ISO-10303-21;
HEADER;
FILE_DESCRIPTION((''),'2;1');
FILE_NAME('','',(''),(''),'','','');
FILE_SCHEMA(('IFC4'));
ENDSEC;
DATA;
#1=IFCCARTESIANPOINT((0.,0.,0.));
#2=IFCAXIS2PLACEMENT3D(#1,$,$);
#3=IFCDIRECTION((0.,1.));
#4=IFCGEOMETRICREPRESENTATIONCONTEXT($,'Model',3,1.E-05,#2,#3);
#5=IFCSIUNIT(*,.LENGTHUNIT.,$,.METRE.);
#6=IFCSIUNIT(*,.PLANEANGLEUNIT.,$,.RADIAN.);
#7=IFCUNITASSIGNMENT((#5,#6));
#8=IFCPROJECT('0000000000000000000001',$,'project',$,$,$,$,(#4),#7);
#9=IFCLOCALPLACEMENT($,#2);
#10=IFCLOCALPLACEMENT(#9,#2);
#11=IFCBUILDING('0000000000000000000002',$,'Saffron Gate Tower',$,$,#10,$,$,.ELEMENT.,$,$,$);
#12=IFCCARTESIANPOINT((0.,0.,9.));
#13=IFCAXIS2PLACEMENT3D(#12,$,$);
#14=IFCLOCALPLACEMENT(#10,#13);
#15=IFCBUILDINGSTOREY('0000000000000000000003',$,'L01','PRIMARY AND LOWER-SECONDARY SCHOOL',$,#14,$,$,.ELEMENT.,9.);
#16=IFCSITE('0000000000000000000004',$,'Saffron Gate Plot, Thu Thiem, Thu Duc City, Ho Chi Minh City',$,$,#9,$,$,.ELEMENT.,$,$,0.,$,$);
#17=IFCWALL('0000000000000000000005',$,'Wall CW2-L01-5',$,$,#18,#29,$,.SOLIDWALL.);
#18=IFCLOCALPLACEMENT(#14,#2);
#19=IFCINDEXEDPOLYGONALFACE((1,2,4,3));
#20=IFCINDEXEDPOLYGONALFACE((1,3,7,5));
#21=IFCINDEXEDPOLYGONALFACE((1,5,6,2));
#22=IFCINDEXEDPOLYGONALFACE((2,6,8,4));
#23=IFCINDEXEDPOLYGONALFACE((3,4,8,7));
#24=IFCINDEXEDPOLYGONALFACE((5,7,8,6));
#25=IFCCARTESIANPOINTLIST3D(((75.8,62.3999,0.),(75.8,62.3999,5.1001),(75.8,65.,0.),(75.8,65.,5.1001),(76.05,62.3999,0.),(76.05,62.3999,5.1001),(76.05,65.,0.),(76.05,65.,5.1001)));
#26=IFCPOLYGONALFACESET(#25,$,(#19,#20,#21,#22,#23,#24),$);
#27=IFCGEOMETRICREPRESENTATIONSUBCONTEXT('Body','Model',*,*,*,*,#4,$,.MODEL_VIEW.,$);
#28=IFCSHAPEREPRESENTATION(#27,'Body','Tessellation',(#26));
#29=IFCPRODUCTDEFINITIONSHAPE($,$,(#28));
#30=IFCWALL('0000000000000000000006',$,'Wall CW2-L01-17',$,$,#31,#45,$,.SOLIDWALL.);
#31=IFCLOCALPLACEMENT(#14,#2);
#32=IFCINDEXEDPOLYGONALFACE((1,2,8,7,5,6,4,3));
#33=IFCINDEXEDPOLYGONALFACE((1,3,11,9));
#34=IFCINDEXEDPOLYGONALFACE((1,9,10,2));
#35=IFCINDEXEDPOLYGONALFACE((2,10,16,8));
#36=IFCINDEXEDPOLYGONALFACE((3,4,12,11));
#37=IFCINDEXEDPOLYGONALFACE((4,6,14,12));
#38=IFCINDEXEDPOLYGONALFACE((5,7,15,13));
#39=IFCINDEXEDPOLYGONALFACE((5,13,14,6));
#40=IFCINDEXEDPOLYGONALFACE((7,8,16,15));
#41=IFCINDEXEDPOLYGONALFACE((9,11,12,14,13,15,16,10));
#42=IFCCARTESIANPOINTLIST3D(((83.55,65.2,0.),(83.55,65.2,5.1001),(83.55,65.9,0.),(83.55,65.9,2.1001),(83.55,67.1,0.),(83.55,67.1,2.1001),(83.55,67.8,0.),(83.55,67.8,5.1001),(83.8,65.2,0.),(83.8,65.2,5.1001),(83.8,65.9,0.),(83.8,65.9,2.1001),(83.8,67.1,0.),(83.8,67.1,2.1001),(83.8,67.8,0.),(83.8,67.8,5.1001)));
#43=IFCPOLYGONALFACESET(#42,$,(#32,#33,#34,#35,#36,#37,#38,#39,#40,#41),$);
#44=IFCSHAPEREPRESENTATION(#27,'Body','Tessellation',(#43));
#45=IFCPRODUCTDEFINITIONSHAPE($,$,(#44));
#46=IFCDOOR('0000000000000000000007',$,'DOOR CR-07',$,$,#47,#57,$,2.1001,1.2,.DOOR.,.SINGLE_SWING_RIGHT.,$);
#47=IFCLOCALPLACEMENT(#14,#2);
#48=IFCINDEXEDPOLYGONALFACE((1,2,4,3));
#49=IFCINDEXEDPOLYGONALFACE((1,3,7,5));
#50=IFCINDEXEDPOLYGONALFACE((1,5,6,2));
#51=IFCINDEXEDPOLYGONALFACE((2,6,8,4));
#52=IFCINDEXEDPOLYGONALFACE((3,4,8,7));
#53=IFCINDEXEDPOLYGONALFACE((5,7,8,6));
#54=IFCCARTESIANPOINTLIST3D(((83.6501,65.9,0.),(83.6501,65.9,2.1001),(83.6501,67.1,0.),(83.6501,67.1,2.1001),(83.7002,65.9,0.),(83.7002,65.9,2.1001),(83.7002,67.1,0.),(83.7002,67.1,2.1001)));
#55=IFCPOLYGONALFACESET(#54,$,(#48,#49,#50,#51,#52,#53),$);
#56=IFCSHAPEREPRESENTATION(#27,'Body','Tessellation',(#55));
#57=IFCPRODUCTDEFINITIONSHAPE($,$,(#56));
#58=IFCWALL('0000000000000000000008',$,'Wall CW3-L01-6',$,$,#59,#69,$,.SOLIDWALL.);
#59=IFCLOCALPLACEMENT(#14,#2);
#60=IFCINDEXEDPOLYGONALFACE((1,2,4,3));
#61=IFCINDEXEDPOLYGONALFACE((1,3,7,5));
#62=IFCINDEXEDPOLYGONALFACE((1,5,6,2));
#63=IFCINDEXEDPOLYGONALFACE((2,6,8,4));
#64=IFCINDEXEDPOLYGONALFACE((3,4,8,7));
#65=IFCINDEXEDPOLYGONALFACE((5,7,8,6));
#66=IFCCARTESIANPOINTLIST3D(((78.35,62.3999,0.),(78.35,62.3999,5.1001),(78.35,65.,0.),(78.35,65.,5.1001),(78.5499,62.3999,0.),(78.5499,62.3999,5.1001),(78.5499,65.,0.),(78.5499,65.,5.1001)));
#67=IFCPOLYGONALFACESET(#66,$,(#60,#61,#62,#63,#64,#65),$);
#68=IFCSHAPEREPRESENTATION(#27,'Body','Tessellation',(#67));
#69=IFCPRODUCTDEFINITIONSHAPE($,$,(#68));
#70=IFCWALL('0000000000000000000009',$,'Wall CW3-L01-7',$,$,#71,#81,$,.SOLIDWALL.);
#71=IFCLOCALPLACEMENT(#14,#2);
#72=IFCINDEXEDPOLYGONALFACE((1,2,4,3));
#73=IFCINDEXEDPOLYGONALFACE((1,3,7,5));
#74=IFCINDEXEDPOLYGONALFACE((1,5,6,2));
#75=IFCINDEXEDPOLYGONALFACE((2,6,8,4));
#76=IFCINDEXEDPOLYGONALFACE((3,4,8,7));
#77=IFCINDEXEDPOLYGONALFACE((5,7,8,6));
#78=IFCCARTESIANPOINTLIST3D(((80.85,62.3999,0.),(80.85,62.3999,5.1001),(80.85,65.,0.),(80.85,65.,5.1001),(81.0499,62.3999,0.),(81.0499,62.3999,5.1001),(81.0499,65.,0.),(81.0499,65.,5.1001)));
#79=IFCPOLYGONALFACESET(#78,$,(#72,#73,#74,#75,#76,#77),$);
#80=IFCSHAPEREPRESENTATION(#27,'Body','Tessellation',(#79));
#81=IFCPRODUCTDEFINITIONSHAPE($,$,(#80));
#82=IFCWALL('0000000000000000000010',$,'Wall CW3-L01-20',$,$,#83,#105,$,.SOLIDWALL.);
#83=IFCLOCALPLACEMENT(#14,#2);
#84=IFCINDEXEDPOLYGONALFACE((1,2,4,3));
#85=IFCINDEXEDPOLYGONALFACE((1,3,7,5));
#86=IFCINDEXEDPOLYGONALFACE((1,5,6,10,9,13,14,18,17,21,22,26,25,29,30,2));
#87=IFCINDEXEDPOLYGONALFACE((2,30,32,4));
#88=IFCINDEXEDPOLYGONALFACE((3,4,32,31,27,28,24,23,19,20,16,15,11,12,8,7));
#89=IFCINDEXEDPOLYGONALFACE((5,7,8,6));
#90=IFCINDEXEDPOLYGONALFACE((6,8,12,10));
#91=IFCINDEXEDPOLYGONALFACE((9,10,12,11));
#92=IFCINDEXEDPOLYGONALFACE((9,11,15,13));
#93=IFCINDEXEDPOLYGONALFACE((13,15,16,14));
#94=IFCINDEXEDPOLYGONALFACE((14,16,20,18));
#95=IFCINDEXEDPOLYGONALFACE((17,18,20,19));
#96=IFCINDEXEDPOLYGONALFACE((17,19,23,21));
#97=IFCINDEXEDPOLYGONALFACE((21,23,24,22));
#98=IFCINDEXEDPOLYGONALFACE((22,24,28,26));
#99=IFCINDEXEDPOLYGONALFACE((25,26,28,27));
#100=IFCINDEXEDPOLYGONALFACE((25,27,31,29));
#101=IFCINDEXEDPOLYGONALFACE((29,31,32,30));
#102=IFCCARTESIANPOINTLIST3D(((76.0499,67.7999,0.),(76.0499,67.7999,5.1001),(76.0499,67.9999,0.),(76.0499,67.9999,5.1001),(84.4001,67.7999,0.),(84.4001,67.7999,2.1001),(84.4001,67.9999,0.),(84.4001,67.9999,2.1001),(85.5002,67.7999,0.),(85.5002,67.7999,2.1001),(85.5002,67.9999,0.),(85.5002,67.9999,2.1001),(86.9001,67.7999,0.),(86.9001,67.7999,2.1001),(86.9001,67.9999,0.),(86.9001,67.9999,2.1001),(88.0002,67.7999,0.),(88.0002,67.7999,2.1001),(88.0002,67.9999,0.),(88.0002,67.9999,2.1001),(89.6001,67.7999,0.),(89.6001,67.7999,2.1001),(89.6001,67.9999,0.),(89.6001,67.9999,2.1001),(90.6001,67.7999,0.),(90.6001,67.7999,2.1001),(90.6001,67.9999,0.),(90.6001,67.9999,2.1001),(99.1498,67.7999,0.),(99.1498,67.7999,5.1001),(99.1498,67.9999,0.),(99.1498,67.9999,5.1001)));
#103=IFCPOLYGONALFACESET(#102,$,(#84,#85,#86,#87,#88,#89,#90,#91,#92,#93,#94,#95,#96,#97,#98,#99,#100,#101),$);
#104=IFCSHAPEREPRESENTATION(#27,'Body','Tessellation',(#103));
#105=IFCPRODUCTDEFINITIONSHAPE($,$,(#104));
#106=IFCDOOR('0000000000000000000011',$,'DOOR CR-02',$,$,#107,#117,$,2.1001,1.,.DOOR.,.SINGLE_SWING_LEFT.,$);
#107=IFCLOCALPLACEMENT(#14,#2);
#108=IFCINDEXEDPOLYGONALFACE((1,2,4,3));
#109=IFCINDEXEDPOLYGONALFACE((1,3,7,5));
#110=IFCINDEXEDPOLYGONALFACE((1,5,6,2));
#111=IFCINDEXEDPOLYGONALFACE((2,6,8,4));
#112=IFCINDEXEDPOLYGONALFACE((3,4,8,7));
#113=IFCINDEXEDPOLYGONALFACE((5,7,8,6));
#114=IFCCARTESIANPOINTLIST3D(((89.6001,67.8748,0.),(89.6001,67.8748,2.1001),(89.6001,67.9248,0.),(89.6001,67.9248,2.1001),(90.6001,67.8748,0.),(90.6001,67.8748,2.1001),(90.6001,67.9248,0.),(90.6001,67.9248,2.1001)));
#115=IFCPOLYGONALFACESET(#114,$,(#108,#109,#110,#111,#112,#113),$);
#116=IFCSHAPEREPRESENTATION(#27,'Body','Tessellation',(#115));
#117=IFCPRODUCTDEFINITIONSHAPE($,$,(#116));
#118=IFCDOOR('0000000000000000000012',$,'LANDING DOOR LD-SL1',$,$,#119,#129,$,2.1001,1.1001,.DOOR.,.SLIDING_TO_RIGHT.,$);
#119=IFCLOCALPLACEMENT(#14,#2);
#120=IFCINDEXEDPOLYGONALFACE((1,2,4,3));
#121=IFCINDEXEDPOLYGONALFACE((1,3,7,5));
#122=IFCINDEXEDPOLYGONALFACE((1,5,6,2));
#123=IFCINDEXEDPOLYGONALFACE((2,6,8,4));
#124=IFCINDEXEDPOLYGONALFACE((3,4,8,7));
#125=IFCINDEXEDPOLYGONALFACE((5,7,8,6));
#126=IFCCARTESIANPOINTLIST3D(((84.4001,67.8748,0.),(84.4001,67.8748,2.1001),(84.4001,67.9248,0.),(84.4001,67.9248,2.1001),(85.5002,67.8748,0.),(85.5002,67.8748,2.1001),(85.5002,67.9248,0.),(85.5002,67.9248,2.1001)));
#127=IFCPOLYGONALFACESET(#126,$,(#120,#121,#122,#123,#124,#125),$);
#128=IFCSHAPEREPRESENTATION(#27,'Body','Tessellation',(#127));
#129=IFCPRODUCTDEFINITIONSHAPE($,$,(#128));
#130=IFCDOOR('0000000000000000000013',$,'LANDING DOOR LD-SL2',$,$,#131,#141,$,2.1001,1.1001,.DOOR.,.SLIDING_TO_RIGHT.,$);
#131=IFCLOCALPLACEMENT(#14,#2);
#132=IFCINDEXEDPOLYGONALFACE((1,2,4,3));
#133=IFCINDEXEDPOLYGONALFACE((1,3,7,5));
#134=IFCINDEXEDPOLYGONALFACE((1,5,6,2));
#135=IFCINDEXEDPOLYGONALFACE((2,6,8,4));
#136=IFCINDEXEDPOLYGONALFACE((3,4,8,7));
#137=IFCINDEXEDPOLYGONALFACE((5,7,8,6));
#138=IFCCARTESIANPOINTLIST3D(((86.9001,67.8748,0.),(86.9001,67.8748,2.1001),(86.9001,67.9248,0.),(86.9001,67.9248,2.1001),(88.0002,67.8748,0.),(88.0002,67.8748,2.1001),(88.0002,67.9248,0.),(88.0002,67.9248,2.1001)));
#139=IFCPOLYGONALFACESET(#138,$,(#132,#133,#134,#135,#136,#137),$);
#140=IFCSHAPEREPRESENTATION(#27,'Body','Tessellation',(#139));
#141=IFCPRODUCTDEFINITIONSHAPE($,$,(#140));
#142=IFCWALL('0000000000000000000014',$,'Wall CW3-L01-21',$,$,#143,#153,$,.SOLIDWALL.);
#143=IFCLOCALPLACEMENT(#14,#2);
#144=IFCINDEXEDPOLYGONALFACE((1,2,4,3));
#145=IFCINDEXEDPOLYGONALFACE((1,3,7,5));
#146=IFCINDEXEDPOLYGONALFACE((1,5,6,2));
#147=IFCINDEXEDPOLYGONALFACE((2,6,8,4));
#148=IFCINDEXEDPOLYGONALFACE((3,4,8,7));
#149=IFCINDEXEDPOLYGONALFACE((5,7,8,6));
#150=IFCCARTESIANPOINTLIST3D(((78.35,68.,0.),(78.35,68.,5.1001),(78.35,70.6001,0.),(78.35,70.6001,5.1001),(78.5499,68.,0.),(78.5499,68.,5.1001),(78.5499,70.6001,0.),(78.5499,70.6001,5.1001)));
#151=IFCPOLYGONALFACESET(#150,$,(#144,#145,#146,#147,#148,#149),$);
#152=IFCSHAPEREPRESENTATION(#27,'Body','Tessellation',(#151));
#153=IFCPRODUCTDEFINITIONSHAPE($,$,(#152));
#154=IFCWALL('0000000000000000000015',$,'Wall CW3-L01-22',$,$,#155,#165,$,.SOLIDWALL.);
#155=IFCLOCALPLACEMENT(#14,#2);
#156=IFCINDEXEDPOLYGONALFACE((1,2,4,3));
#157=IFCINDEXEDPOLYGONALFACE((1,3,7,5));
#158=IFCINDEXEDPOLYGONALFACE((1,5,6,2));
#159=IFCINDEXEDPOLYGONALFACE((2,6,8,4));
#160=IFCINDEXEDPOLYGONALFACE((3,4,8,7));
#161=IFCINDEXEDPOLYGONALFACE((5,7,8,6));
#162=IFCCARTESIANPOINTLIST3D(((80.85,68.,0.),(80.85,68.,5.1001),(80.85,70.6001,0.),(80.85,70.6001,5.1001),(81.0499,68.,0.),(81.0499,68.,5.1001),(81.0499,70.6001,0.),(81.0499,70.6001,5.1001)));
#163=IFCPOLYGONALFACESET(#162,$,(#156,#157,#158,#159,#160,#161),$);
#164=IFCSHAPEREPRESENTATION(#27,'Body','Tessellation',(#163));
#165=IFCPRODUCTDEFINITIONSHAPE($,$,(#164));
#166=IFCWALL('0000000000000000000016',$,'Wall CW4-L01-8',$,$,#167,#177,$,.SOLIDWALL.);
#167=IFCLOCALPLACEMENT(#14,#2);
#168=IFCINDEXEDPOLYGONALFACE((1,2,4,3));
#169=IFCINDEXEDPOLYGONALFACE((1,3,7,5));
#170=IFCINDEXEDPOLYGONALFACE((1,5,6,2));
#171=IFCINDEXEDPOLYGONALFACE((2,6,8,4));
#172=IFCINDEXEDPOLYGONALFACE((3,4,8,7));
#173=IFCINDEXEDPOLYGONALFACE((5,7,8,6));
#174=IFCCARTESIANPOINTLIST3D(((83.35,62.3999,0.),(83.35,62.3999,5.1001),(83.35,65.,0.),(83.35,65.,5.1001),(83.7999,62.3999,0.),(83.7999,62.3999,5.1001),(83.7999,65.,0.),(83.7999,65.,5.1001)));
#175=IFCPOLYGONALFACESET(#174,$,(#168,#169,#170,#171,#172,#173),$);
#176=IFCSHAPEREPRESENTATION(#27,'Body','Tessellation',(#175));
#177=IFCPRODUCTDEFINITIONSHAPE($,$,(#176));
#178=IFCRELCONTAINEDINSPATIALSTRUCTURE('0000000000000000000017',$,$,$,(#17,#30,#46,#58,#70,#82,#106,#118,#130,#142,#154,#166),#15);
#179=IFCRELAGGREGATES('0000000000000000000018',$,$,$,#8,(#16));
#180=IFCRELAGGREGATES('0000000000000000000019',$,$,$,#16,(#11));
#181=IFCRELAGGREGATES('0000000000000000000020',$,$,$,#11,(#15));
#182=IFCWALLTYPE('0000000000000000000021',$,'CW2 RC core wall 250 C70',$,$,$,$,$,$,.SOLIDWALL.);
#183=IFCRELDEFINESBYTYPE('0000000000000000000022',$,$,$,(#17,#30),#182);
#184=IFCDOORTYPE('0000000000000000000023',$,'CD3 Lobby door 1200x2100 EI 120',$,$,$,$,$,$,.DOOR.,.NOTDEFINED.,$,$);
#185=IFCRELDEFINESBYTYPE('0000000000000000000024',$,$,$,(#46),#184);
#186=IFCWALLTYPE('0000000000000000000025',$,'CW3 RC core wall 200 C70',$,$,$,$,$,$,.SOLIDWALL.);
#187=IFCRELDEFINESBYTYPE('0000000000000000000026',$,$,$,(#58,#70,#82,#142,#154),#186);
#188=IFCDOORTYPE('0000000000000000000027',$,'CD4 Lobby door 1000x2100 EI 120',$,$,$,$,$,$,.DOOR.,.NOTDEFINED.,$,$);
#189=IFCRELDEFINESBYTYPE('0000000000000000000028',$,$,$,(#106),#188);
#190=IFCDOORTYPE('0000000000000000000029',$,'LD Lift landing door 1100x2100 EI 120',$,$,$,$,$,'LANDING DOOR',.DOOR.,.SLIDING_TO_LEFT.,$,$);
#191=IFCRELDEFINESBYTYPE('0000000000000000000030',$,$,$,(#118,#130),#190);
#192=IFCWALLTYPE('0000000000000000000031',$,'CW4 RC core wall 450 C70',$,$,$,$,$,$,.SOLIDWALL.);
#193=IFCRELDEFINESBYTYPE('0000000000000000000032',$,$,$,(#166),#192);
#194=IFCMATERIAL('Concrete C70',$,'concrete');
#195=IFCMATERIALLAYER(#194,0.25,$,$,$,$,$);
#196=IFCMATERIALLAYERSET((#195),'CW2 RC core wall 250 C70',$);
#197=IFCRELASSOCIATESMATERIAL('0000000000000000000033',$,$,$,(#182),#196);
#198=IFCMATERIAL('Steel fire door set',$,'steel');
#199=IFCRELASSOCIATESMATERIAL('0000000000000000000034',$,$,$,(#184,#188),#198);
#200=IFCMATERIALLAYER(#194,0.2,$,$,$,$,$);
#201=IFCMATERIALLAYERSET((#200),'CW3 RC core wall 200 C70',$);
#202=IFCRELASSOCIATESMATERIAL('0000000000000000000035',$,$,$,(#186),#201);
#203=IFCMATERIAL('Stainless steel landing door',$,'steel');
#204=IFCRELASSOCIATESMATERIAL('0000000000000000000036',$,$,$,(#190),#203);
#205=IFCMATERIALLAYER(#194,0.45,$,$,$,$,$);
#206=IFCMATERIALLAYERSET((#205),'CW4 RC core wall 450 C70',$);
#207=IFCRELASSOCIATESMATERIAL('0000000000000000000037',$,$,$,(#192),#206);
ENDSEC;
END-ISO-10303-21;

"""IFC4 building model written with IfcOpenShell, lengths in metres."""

from ifc_helpers import new_model, si_unit, direction, frame, frame_2d, origin, place, context, subcontext, project, spatial, rectangle, extrude, material, layer, layer_set, type_object, element, fill, save


model = new_model("IFC4")

# Units and contexts
model_context = context("Model", 3, precision=1e-05, world=origin(), true_north=direction((0.0, 1.0)))
body_context = subcontext(model_context, "Body", "Model", "MODEL_VIEW")
ifc_project = project(units=[si_unit("LENGTHUNIT", "METRE"), si_unit("PLANEANGLEUNIT", "RADIAN")], contexts=[model_context])

# Site, building, storey
site_placement = place(None, origin())
site = spatial("IfcSite", under=ifc_project, at=site_placement, Name="Saffron Gate Plot, Thu Thiem, Thu Duc City, Ho Chi Minh City", CompositionType="ELEMENT", RefElevation=0.0)
building_placement = place(site_placement, origin())
building = spatial("IfcBuilding", under=site, at=building_placement, Name="Saffron Gate Tower", CompositionType="ELEMENT")
storey_placement = place(building_placement, frame((0.0, 0.0, 9.0)))
storey = spatial("IfcBuildingStorey", under=building, at=storey_placement, Name="L01", Description="PRIMARY AND LOWER-SECONDARY SCHOOL", CompositionType="ELEMENT", Elevation=9.0)

# Wall
ifc_material_1 = material(Name="Concrete C70", Category="concrete")
ifc_layer_1 = layer(ifc_material_1, 0.25)
ifc_layer_set_1 = layer_set([ifc_layer_1], Name="CW2 RC core wall 250 C70")
wall_type_1 = type_object("IfcWallType", Name="CW2 RC core wall 250 C70", PredefinedType="SOLIDWALL", material=ifc_layer_set_1)
wall_1_placement = place(storey_placement, frame((75.925, 62.3999, 0.0), z_axis=(0.0, 0.0, 1.0), x_axis=(0.0, 1.0, 0.0)))
element("IfcWall", 1, at=wall_1_placement, inside=storey, type_object=wall_type_1, Name="Wall CW2-L01-5", PredefinedType="SOLIDWALL", context=body_context, shape_type="SweptSolid", body=[
    extrude(rectangle(XDim=2.6001, YDim=0.25, at=frame_2d((1.3, 0.0))), origin(), (0.0, 0.0, 1.0), 5.1001),
])

# Wall, opening, door
wall_2_placement = place(storey_placement, frame((83.675, 65.2, 0.0), z_axis=(0.0, 0.0, 1.0), x_axis=(0.0, 1.0, 0.0)))
wall_2 = element("IfcWall", 2, at=wall_2_placement, inside=storey, type_object=wall_type_1, Name="Wall CW2-L01-17", PredefinedType="SOLIDWALL", context=body_context, shape_type="SweptSolid", body=[
    extrude(rectangle(XDim=2.6001, YDim=0.25, at=frame_2d((1.3, 0.0))), origin(), (0.0, 0.0, 1.0), 5.1001),
])
opening_1_placement = place(wall_2_placement, frame((0.7, 0.0, 0.0)))
opening_1 = element("IfcOpeningElement", 3, at=opening_1_placement, cuts=wall_2, PredefinedType="OPENING", context=body_context, shape_type="SweptSolid", body=[
    extrude(rectangle(XDim=1.2, YDim=2.1001, at=frame_2d((0.6001, 1.05))), frame((0.0, 0.135, 0.0), z_axis=(0.0, -1.0, 0.0), x_axis=(1.0, 0.0, 0.0)), (0.0, 0.0, 1.0), 0.27),
])
ifc_material_2 = material(Name="Steel fire door set", Category="steel")
door_type_1 = type_object("IfcDoorType", Name="CD3 Lobby door 1200x2100 EI 120", OperationType="NOTDEFINED", PredefinedType="DOOR", material=ifc_material_2)
door_1_placement = place(opening_1_placement, origin())
door_1 = element("IfcDoor", 4, at=door_1_placement, inside=storey, type_object=door_type_1, Name="DOOR CR-07", OperationType="SINGLE_SWING_RIGHT", OverallHeight=2.1001, OverallWidth=1.2, PredefinedType="DOOR", context=body_context, shape_type="SweptSolid", body=[
    extrude(rectangle(XDim=1.2, YDim=2.1001, at=frame_2d((0.6001, 1.05))), frame((0.0, 0.0249, 0.0), z_axis=(0.0, -1.0, 0.0), x_axis=(1.0, 0.0, 0.0)), (0.0, 0.0, 1.0), 0.05),
])
fill(opening_1, door_1)

# Walls
ifc_layer_2 = layer(ifc_material_1, 0.2)
ifc_layer_set_2 = layer_set([ifc_layer_2], Name="CW3 RC core wall 200 C70")
wall_type_2 = type_object("IfcWallType", Name="CW3 RC core wall 200 C70", PredefinedType="SOLIDWALL", material=ifc_layer_set_2)
for number, where, z_axis, x_axis, name in (
    (5, (78.45, 62.3999, 0.0), (0.0, 0.0, 1.0), (0.0, 1.0, 0.0), "Wall CW3-L01-6"),
    (6, (80.95, 62.3999, 0.0), (0.0, 0.0, 1.0), (0.0, 1.0, 0.0), "Wall CW3-L01-7"),
):
    element("IfcWall", number, at=place(storey_placement, frame(where, z_axis=z_axis, x_axis=x_axis)), inside=storey, type_object=wall_type_2, Name=name, PredefinedType="SOLIDWALL", context=body_context, shape_type="SweptSolid", body=[
        extrude(rectangle(XDim=2.6001, YDim=0.2, at=frame_2d((1.3, 0.0))), origin(), (0.0, 0.0, 1.0), 5.1001),
    ])

# Wall, openings, doors
wall_3_placement = place(storey_placement, frame((76.05, 67.8999, 0.0), z_axis=(0.0, 0.0, 1.0), x_axis=(1.0, 0.0, 0.0)))
wall_3 = element("IfcWall", 7, at=wall_3_placement, inside=storey, type_object=wall_type_2, Name="Wall CW3-L01-20", PredefinedType="SOLIDWALL", context=body_context, shape_type="SweptSolid", body=[
    extrude(rectangle(XDim=23.0999, YDim=0.2, at=frame_2d((11.5498, 0.0))), origin(), (0.0, 0.0, 1.0), 5.1001),
])
opening_2_placement = place(wall_3_placement, frame((8.3501, 0.0, 0.0)))
opening_2 = element("IfcOpeningElement", 8, at=opening_2_placement, cuts=wall_3, PredefinedType="OPENING", context=body_context, shape_type="SweptSolid", body=[
    extrude(rectangle(XDim=1.1001, YDim=2.1001, at=frame_2d((0.55, 1.05))), frame((0.0, 0.1099, 0.0), z_axis=(0.0, -1.0, 0.0), x_axis=(1.0, 0.0, 0.0)), (0.0, 0.0, 1.0), 0.22),
])
opening_3_placement = place(wall_3_placement, frame((10.8501, 0.0, 0.0)))
opening_3 = element("IfcOpeningElement", 9, at=opening_3_placement, cuts=wall_3, PredefinedType="OPENING", context=body_context, shape_type="SweptSolid", body=[
    extrude(rectangle(XDim=1.1001, YDim=2.1001, at=frame_2d((0.55, 1.05))), frame((0.0, 0.1099, 0.0), z_axis=(0.0, -1.0, 0.0), x_axis=(1.0, 0.0, 0.0)), (0.0, 0.0, 1.0), 0.22),
])
opening_4_placement = place(wall_3_placement, frame((13.55, 0.0, 0.0)))
opening_4 = element("IfcOpeningElement", 10, at=opening_4_placement, cuts=wall_3, PredefinedType="OPENING", context=body_context, shape_type="SweptSolid", body=[
    extrude(rectangle(XDim=1.0, YDim=2.1001, at=frame_2d((0.5, 1.05))), frame((0.0, 0.1099, 0.0), z_axis=(0.0, -1.0, 0.0), x_axis=(1.0, 0.0, 0.0)), (0.0, 0.0, 1.0), 0.22),
])
door_type_2 = type_object("IfcDoorType", Name="CD4 Lobby door 1000x2100 EI 120", OperationType="NOTDEFINED", PredefinedType="DOOR", material=ifc_material_2)
door_2_placement = place(opening_4_placement, origin())
door_2 = element("IfcDoor", 11, at=door_2_placement, inside=storey, type_object=door_type_2, Name="DOOR CR-02", OperationType="SINGLE_SWING_LEFT", OverallHeight=2.1001, OverallWidth=1.0, PredefinedType="DOOR", context=body_context, shape_type="SweptSolid", body=[
    extrude(rectangle(XDim=1.0, YDim=2.1001, at=frame_2d((0.5, 1.05))), frame((0.0, 0.0249, 0.0), z_axis=(0.0, -1.0, 0.0), x_axis=(1.0, 0.0, 0.0)), (0.0, 0.0, 1.0), 0.05),
])
fill(opening_4, door_2)
ifc_material_3 = material(Name="Stainless steel landing door", Category="steel")
door_type_3 = type_object("IfcDoorType", Name="LD Lift landing door 1100x2100 EI 120", ElementType="LANDING DOOR", OperationType="SLIDING_TO_LEFT", PredefinedType="DOOR", material=ifc_material_3)
door_3_placement = place(opening_2_placement, origin())
door_3 = element("IfcDoor", 12, at=door_3_placement, inside=storey, type_object=door_type_3, Name="LANDING DOOR LD-SL1", OperationType="SLIDING_TO_RIGHT", OverallHeight=2.1001, OverallWidth=1.1001, PredefinedType="DOOR", context=body_context, shape_type="SweptSolid", body=[
    extrude(rectangle(XDim=1.1001, YDim=2.1001, at=frame_2d((0.55, 1.05))), frame((0.0, 0.0249, 0.0), z_axis=(0.0, -1.0, 0.0), x_axis=(1.0, 0.0, 0.0)), (0.0, 0.0, 1.0), 0.05),
])
fill(opening_2, door_3)
door_4_placement = place(opening_3_placement, origin())
door_4 = element("IfcDoor", 13, at=door_4_placement, inside=storey, type_object=door_type_3, Name="LANDING DOOR LD-SL2", OperationType="SLIDING_TO_RIGHT", OverallHeight=2.1001, OverallWidth=1.1001, PredefinedType="DOOR", context=body_context, shape_type="SweptSolid", body=[
    extrude(rectangle(XDim=1.1001, YDim=2.1001, at=frame_2d((0.55, 1.05))), frame((0.0, 0.0249, 0.0), z_axis=(0.0, -1.0, 0.0), x_axis=(1.0, 0.0, 0.0)), (0.0, 0.0, 1.0), 0.05),
])
fill(opening_3, door_4)

# Walls
for number, where, z_axis, x_axis, name in (
    (14, (78.45, 68.0, 0.0), (0.0, 0.0, 1.0), (0.0, 1.0, 0.0), "Wall CW3-L01-21"),
    (15, (80.95, 68.0, 0.0), (0.0, 0.0, 1.0), (0.0, 1.0, 0.0), "Wall CW3-L01-22"),
):
    element("IfcWall", number, at=place(storey_placement, frame(where, z_axis=z_axis, x_axis=x_axis)), inside=storey, type_object=wall_type_2, Name=name, PredefinedType="SOLIDWALL", context=body_context, shape_type="SweptSolid", body=[
        extrude(rectangle(XDim=2.6001, YDim=0.2, at=frame_2d((1.3, 0.0))), origin(), (0.0, 0.0, 1.0), 5.1001),
    ])
ifc_layer_3 = layer(ifc_material_1, 0.45)
ifc_layer_set_3 = layer_set([ifc_layer_3], Name="CW4 RC core wall 450 C70")
wall_type_3 = type_object("IfcWallType", Name="CW4 RC core wall 450 C70", PredefinedType="SOLIDWALL", material=ifc_layer_set_3)
for number, where, z_axis, x_axis, name in (
    (16, (83.575, 62.3999, 0.0), (0.0, 0.0, 1.0), (0.0, 1.0, 0.0), "Wall CW4-L01-8"),
):
    element("IfcWall", number, at=place(storey_placement, frame(where, z_axis=z_axis, x_axis=x_axis)), inside=storey, type_object=wall_type_3, Name=name, PredefinedType="SOLIDWALL", context=body_context, shape_type="SweptSolid", body=[
        extrude(rectangle(XDim=2.6001, YDim=0.45, at=frame_2d((1.3, 0.0))), origin(), (0.0, 0.0, 1.0), 5.1001),
    ])

save(model, "model.ifc")
